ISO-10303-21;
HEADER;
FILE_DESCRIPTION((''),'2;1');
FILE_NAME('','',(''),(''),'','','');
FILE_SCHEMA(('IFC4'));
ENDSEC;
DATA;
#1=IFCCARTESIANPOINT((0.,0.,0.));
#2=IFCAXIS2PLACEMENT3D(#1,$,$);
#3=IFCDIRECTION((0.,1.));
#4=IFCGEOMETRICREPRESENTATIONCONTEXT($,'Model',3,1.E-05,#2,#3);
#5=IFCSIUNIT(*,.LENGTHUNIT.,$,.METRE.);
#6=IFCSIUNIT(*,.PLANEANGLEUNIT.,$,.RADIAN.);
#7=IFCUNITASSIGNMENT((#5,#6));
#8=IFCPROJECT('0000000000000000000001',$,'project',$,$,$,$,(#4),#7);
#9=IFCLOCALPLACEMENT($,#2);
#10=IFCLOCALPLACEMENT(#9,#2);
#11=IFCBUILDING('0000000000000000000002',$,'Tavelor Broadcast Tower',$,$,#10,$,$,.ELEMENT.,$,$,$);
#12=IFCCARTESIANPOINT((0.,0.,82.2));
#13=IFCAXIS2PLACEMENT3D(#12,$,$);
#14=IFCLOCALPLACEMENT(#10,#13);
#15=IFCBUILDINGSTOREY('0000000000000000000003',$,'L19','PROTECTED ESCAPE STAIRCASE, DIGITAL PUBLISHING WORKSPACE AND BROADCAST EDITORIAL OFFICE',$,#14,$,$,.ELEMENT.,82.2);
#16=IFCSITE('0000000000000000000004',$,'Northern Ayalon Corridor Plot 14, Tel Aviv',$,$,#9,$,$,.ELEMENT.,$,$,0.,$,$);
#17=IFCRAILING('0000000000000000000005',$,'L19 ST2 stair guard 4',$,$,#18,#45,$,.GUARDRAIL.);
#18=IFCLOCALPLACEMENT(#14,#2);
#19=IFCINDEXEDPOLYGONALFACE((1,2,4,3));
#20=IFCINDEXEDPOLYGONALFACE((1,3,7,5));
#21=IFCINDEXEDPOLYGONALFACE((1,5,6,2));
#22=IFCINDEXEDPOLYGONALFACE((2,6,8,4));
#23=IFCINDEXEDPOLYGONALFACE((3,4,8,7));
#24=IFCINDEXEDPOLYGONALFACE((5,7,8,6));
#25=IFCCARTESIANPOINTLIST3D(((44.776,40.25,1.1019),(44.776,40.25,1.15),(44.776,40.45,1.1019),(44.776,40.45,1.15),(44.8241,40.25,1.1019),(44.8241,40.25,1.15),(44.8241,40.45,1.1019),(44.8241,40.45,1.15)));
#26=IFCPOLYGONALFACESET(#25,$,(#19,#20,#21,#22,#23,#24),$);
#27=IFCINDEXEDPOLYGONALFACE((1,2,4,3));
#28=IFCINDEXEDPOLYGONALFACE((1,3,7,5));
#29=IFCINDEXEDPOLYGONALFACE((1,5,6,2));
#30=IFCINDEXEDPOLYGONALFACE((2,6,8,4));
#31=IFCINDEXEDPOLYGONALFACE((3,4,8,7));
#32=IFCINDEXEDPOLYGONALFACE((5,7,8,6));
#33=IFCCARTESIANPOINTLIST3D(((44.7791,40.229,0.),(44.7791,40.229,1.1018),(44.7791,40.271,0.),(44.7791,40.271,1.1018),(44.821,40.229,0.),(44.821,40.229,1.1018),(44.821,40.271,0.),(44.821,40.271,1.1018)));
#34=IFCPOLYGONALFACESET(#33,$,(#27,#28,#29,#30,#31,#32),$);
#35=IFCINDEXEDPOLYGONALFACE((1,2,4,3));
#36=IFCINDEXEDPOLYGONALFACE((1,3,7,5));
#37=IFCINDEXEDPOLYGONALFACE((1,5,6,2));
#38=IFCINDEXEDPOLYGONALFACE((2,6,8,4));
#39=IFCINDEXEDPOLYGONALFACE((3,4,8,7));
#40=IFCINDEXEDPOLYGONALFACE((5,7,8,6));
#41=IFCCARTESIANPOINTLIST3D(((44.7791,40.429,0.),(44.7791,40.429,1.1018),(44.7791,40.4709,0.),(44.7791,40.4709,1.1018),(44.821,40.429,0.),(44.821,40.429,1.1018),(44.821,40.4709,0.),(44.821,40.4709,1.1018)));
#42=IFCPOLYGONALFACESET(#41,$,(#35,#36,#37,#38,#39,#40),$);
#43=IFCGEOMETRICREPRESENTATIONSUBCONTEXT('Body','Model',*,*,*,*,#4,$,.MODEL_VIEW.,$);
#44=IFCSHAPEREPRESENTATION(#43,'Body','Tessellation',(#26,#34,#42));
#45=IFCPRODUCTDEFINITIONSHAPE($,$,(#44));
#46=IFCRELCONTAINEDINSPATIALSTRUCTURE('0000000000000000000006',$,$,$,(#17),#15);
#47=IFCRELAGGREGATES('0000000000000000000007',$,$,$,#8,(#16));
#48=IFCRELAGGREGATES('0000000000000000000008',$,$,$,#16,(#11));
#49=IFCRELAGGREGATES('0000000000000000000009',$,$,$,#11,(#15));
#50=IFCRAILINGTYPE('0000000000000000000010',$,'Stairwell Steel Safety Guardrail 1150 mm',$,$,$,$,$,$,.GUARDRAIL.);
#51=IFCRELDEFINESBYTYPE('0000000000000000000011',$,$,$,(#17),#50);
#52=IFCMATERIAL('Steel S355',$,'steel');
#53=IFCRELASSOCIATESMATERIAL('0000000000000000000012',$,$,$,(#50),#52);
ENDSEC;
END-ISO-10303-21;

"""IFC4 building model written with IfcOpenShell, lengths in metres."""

from ifc_helpers import new_model, si_unit, direction, frame, origin, origin_2d, place, context, subcontext, project, spatial, rectangle, extrude, material, type_object, element, save


model = new_model("IFC4")

# Units and contexts
model_context = context("Model", 3, precision=1e-05, world=origin(), true_north=direction((0.0, 1.0)))
body_context = subcontext(model_context, "Body", "Model", "MODEL_VIEW")
ifc_project = project(units=[si_unit("LENGTHUNIT", "METRE"), si_unit("PLANEANGLEUNIT", "RADIAN")], contexts=[model_context])

# Site, building, storey
site_placement = place(None, origin())
site = spatial("IfcSite", under=ifc_project, at=site_placement, Name="Northern Ayalon Corridor Plot 14, Tel Aviv", CompositionType="ELEMENT", RefElevation=0.0)
building_placement = place(site_placement, origin())
building = spatial("IfcBuilding", under=site, at=building_placement, Name="Tavelor Broadcast Tower", CompositionType="ELEMENT")
storey_placement = place(building_placement, frame((0.0, 0.0, 82.2)))
storey = spatial("IfcBuildingStorey", under=building, at=storey_placement, Name="L19", Description="PROTECTED ESCAPE STAIRCASE, DIGITAL PUBLISHING WORKSPACE AND BROADCAST EDITORIAL OFFICE", CompositionType="ELEMENT", Elevation=82.2)

# Shared definitions
ifc_material_1 = material(Name="Steel S355", Category="steel")

# Railing
railing_type_1 = type_object("IfcRailingType", Name="Stairwell Steel Safety Guardrail 1150 mm", PredefinedType="GUARDRAIL", material=ifc_material_1)
railing_1_placement = place(storey_placement, frame((44.8, 40.25, 0.0)))
element("IfcRailing", 1, at=railing_1_placement, inside=storey, type_object=railing_type_1, Name="L19 ST2 stair guard 4", PredefinedType="GUARDRAIL", context=body_context, shape_type="SweptSolid", body=[
    extrude(rectangle(XDim=0.0481, YDim=0.0481, at=origin_2d()), frame((0.0, 0.0, 1.126), z_axis=(0.0, 1.0, 0.0), x_axis=(-1.0, 0.0, 0.0)), (0.0, 0.0, 1.0), 0.2),
    extrude(rectangle(XDim=0.042, YDim=0.042, at=origin_2d()), origin(), (0.0, 0.0, 1.0), 1.1018),
    extrude(rectangle(XDim=0.042, YDim=0.042, at=origin_2d()), frame((0.0, 0.2, 0.0)), (0.0, 0.0, 1.0), 1.1018),
])

save(model, "model.ifc")
